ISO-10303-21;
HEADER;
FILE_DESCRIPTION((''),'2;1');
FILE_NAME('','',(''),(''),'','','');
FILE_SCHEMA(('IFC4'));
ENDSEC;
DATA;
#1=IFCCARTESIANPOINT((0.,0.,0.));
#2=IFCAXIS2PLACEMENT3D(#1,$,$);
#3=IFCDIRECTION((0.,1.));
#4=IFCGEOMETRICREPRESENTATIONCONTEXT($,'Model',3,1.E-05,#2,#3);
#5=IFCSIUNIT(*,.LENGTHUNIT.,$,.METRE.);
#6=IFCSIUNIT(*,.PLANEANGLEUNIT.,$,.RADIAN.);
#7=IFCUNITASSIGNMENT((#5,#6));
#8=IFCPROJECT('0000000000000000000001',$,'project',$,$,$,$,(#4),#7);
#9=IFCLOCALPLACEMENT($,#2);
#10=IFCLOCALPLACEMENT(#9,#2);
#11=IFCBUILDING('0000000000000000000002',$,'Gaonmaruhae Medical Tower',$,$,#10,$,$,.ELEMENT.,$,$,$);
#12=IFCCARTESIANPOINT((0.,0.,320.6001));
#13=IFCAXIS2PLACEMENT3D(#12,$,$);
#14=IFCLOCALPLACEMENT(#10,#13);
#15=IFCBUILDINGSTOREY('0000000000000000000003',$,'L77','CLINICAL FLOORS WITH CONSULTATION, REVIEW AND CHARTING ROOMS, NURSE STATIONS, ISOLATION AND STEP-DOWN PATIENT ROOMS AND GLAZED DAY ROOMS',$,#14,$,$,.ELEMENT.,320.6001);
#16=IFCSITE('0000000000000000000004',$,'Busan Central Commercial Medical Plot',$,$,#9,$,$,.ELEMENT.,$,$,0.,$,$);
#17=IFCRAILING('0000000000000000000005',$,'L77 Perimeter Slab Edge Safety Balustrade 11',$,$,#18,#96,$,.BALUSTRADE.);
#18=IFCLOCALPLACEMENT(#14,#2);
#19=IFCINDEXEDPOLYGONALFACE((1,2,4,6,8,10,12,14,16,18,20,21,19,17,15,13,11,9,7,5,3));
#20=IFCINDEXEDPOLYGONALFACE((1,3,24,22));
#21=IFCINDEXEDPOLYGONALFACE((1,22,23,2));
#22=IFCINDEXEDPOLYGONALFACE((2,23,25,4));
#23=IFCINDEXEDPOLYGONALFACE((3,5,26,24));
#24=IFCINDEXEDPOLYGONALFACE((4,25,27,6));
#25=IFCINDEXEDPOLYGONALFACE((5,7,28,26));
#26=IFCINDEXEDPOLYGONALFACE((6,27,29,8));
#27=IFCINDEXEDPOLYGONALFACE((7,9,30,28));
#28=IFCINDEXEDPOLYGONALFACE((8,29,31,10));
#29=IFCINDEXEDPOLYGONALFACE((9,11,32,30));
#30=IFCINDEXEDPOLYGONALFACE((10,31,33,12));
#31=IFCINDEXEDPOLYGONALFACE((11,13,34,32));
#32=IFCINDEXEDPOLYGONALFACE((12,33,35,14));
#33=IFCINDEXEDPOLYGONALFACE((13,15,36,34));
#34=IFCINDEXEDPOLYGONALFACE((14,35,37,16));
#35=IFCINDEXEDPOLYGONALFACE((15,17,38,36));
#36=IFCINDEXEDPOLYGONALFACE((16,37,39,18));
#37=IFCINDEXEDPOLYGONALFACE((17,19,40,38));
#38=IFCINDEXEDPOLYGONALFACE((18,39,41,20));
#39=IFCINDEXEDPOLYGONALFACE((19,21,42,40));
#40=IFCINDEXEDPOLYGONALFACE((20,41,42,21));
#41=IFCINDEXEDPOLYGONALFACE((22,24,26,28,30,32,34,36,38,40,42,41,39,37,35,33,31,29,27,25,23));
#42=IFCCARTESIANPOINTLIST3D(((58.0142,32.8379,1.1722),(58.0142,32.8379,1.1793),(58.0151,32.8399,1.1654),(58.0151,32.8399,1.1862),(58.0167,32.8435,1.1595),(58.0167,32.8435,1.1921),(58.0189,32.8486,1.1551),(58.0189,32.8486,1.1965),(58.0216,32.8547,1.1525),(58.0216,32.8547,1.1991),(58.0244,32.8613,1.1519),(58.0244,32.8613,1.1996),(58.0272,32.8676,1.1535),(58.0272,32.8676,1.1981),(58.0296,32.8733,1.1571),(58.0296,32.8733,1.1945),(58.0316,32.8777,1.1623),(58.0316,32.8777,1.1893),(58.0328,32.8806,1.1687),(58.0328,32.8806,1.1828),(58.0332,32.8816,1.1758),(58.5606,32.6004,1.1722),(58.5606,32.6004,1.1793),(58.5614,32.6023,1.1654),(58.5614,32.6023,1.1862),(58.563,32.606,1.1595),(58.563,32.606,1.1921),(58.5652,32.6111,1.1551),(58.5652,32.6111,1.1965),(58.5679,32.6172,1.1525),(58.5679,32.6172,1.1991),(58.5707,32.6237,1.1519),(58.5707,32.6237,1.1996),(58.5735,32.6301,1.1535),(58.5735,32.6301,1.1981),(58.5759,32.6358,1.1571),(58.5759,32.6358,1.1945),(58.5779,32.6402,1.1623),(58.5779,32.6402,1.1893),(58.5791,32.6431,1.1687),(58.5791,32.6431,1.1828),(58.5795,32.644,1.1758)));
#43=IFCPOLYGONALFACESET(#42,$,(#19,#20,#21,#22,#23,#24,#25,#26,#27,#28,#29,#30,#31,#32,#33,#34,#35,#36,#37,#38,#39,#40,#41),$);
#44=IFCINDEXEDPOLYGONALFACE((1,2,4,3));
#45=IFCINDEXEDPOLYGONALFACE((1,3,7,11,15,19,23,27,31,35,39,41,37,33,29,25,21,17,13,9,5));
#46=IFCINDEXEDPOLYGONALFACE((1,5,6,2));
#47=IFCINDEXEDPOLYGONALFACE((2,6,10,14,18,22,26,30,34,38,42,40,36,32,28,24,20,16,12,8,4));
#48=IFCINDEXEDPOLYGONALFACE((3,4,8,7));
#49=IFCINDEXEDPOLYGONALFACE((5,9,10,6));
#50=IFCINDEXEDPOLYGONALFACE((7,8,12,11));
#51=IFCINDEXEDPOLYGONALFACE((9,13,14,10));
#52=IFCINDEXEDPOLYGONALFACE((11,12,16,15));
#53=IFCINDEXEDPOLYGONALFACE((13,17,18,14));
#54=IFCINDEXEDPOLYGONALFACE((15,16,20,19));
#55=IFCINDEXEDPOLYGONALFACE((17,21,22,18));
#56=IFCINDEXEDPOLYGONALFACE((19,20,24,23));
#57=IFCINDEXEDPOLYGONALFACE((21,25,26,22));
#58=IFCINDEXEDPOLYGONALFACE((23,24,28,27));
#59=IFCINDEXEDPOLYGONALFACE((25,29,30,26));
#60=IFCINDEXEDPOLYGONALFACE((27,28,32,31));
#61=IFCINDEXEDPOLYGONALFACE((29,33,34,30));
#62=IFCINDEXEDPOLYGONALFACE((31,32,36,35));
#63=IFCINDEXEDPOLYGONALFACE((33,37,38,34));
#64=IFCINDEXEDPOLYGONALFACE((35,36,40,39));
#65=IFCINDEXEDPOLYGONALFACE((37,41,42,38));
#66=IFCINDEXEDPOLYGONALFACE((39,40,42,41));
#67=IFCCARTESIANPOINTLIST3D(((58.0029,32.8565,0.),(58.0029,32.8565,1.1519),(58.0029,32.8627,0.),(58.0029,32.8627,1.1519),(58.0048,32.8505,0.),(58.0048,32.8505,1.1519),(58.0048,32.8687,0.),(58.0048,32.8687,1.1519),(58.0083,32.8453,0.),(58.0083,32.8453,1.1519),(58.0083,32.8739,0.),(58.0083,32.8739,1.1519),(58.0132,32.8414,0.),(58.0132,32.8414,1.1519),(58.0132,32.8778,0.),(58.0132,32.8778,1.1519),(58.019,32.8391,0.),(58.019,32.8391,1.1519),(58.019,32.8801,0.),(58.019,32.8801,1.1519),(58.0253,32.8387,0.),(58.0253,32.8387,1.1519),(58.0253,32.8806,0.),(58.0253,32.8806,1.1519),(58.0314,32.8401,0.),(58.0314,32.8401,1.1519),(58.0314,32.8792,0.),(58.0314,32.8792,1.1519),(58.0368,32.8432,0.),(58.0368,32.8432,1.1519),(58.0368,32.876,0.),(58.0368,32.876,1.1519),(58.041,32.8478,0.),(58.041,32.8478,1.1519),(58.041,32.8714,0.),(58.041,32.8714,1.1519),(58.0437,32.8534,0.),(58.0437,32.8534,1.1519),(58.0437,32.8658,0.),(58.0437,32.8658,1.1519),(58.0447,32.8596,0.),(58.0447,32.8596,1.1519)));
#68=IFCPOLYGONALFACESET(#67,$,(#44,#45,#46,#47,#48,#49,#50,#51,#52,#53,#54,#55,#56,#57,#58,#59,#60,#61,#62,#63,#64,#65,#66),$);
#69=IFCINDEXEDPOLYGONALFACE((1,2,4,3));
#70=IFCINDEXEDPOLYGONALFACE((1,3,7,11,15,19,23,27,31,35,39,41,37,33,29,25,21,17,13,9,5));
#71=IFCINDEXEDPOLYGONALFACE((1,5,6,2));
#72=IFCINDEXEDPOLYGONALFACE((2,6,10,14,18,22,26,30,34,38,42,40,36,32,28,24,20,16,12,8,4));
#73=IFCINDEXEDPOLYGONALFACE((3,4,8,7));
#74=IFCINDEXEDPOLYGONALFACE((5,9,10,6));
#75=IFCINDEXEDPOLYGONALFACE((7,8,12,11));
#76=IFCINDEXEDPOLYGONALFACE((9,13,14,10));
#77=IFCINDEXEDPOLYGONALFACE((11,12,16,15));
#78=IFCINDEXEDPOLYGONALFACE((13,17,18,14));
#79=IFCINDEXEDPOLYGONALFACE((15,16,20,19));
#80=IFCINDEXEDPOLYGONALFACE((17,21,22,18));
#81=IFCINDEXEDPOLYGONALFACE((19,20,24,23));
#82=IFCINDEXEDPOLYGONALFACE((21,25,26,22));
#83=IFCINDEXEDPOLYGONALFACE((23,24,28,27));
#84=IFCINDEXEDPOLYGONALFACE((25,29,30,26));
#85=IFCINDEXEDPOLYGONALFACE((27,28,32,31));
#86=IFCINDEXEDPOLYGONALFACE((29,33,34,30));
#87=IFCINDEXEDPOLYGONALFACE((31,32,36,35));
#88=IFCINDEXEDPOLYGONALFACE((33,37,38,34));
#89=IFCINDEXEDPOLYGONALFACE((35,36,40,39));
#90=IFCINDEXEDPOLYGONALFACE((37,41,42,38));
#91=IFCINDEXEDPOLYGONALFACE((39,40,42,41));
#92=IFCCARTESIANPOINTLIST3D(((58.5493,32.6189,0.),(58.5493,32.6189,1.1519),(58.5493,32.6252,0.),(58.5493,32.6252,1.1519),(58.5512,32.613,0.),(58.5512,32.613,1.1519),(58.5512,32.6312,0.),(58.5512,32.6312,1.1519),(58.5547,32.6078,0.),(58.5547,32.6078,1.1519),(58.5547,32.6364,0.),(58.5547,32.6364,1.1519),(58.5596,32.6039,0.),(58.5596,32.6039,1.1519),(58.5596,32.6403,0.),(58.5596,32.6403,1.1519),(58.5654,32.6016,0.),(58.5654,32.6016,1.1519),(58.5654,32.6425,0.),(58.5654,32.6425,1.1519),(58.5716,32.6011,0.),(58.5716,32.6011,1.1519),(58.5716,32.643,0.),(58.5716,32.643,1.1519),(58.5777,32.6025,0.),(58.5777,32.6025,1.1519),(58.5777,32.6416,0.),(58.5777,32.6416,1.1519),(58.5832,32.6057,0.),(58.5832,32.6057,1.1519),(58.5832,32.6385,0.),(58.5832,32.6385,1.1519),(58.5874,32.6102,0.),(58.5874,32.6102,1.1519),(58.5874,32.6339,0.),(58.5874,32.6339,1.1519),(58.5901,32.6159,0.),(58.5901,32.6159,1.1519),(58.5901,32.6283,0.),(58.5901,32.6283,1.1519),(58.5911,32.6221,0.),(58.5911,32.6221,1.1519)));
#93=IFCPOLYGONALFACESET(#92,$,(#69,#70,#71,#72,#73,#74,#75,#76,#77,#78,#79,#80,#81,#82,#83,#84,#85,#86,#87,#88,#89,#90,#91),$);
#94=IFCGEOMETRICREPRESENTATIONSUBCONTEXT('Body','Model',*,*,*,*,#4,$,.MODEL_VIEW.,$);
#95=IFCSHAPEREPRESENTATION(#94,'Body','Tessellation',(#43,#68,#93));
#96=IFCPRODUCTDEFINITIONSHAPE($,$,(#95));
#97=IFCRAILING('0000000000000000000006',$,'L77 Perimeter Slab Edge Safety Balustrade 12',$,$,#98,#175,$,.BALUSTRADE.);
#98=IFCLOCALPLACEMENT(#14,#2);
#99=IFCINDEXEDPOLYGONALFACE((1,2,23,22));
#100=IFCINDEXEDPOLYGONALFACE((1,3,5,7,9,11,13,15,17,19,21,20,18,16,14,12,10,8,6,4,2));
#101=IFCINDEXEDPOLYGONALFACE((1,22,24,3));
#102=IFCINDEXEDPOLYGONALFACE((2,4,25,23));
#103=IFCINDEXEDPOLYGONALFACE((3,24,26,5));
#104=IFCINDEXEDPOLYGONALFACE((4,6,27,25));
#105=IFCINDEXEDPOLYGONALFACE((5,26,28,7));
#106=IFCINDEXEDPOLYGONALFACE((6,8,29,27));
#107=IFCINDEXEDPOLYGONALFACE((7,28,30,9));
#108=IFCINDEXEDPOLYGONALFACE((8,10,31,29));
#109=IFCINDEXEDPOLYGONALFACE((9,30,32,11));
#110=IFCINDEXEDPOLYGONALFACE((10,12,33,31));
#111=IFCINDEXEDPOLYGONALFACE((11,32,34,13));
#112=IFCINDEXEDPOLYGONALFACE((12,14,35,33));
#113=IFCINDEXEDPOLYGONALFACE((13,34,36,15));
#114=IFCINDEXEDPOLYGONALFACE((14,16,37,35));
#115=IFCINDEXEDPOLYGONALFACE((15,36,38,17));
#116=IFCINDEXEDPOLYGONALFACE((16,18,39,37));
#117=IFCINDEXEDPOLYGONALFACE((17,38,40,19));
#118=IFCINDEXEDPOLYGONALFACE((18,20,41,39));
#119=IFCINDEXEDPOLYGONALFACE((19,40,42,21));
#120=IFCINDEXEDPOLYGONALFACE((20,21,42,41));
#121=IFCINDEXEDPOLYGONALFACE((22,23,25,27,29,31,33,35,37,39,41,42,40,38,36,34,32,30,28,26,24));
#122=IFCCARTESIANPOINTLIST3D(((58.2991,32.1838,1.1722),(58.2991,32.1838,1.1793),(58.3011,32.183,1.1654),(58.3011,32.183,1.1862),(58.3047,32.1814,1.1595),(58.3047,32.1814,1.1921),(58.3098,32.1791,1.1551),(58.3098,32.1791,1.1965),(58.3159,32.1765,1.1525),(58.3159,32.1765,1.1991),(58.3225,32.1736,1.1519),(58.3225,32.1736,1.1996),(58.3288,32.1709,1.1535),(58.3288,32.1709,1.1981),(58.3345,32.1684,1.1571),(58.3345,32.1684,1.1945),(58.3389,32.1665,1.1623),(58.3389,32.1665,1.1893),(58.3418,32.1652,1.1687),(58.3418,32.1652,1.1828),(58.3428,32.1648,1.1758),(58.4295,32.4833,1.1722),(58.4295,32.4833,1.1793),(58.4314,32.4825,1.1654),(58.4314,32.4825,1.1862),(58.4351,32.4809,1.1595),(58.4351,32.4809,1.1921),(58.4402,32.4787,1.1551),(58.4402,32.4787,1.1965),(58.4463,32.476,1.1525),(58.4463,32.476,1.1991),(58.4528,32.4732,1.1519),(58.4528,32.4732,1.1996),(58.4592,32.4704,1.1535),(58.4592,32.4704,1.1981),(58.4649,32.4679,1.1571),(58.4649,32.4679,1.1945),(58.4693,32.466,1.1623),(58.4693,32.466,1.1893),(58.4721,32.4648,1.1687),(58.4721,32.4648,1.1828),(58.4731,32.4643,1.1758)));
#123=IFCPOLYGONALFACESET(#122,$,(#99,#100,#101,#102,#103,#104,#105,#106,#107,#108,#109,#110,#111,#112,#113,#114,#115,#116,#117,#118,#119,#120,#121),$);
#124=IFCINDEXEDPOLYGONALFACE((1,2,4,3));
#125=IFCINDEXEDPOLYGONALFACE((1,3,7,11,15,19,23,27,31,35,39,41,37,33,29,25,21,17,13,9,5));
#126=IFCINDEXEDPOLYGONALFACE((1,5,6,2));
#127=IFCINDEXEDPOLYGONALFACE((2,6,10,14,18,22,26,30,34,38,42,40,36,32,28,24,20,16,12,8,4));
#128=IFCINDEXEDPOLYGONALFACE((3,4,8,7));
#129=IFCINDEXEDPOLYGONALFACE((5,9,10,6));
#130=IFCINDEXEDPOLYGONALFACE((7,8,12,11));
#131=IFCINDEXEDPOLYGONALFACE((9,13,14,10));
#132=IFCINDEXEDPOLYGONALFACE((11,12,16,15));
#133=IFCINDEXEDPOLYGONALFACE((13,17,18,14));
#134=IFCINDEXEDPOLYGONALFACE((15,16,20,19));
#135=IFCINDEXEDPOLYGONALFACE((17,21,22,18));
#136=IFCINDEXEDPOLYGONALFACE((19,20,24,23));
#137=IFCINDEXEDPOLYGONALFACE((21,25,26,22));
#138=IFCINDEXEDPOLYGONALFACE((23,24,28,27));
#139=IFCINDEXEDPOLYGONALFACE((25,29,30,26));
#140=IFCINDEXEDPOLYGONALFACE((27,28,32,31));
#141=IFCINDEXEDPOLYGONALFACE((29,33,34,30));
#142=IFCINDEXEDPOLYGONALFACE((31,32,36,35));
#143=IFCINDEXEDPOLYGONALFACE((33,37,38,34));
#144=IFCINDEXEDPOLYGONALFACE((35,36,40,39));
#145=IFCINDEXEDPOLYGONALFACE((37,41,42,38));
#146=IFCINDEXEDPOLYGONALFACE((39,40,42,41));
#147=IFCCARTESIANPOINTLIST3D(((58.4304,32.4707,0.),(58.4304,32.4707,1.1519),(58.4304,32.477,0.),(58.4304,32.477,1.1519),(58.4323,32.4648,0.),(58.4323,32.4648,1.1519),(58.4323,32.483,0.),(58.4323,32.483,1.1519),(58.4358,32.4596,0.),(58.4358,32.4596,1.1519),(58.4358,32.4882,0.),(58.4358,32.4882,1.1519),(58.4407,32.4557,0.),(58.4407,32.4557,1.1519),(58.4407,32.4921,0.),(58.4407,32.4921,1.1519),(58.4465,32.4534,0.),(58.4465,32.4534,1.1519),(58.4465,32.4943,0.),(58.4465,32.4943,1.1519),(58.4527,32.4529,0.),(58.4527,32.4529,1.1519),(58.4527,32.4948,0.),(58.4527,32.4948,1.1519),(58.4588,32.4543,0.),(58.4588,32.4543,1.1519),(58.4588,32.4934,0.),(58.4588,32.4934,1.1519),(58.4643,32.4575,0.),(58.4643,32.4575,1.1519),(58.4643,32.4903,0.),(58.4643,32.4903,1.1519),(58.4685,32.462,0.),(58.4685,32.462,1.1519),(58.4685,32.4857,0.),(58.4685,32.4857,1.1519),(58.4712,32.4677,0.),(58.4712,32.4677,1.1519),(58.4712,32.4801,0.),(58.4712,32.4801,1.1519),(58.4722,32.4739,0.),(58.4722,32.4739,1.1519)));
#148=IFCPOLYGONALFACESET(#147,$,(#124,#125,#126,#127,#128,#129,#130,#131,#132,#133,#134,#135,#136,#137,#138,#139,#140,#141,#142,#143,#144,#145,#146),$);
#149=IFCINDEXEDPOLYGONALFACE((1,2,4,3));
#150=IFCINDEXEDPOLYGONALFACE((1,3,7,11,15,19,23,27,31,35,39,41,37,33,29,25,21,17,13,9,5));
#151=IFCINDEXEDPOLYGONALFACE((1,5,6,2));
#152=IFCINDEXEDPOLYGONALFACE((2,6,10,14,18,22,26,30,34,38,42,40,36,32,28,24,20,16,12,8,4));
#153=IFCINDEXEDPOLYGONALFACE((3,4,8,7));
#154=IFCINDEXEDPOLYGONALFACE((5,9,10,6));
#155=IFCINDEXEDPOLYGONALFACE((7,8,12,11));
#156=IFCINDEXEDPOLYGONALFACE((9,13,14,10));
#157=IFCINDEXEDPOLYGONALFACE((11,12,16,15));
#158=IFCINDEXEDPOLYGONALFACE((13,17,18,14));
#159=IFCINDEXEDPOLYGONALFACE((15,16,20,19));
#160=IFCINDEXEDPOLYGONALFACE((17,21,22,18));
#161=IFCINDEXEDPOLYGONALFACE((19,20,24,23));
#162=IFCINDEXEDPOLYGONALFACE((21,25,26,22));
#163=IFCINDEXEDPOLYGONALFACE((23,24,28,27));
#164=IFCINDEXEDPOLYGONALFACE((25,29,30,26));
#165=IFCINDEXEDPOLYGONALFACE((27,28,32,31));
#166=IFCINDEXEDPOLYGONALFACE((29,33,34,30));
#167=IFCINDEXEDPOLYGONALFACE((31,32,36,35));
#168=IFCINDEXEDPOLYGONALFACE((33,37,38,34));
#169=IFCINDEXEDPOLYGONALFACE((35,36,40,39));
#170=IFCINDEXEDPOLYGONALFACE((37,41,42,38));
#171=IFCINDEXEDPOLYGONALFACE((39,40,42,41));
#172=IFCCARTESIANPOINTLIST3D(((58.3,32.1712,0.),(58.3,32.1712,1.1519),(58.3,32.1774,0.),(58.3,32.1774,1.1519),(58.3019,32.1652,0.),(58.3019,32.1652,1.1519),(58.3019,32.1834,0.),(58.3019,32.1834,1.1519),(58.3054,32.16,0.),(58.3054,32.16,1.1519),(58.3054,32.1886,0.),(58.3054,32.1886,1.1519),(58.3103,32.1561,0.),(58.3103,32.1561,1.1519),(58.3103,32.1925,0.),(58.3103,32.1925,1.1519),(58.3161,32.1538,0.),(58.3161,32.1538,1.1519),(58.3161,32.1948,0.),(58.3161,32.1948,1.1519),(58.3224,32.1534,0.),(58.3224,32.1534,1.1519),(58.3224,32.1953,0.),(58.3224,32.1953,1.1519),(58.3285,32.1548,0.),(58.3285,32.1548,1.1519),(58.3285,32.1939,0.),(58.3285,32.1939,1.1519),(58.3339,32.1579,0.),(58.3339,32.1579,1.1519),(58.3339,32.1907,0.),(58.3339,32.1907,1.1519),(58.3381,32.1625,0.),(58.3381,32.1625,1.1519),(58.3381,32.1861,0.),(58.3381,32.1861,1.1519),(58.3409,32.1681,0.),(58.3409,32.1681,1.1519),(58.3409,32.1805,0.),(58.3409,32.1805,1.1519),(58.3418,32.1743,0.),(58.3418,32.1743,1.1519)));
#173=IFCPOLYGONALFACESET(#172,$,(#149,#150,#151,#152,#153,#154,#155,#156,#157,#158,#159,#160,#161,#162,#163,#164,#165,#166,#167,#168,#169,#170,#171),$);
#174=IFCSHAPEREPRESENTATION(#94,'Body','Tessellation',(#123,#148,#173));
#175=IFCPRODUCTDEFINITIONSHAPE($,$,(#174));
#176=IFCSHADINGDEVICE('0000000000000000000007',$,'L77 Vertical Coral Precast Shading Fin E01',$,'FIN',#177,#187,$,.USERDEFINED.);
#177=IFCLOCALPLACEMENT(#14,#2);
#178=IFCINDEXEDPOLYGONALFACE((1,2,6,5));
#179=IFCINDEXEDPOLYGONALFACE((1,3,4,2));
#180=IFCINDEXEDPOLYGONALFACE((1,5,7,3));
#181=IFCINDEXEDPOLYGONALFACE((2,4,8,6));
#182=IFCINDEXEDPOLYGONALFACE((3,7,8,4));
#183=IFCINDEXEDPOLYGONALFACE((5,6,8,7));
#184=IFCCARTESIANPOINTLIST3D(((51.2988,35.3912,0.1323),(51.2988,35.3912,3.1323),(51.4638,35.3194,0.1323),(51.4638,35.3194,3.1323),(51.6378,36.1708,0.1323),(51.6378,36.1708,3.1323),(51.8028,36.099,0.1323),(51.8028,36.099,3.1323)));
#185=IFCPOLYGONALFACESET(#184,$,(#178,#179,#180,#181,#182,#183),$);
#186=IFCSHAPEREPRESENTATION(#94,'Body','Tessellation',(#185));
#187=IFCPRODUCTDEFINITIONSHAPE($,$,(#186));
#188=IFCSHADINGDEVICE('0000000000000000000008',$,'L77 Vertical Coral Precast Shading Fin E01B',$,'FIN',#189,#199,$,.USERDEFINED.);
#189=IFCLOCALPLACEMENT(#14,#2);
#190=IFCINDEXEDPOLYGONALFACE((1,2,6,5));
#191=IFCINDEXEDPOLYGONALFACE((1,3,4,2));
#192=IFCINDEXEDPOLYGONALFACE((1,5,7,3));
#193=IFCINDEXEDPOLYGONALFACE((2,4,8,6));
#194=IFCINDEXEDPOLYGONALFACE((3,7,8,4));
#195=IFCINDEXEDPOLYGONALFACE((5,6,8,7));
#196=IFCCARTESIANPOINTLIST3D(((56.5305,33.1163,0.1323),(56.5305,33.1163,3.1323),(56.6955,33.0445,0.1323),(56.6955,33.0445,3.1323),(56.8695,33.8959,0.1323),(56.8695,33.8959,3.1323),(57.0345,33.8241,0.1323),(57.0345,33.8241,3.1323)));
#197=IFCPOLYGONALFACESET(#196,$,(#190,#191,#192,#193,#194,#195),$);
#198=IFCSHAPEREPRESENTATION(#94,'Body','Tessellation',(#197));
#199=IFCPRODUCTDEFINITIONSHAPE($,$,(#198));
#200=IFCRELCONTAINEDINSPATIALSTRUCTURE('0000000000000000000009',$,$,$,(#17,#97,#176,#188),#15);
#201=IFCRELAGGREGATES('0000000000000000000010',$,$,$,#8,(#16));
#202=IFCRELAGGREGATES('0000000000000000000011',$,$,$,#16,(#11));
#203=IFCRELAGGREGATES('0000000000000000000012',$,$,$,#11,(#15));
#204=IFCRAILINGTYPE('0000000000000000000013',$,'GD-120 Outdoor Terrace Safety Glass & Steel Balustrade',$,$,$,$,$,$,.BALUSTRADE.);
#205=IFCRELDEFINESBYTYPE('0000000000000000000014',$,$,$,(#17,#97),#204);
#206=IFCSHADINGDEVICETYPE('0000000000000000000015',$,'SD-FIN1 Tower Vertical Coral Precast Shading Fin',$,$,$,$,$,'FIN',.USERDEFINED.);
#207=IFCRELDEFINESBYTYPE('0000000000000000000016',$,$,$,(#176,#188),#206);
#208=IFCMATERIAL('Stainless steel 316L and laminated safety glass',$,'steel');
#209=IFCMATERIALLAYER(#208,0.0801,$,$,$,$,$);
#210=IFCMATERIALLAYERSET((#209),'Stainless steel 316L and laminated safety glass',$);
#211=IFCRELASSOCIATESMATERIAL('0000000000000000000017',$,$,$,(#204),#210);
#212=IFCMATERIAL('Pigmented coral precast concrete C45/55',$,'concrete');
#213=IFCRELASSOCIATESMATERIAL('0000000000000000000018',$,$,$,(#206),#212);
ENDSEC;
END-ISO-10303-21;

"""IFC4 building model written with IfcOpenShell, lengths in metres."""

from ifc_helpers import new_model, si_unit, direction, frame, origin, origin_2d, place, context, subcontext, project, spatial, rectangle, circle, extrude, material, layer, layer_set, type_object, element, save


model = new_model("IFC4")

# Units and contexts
model_context = context("Model", 3, precision=1e-05, world=origin(), true_north=direction((0.0, 1.0)))
body_context = subcontext(model_context, "Body", "Model", "MODEL_VIEW")
ifc_project = project(units=[si_unit("LENGTHUNIT", "METRE"), si_unit("PLANEANGLEUNIT", "RADIAN")], contexts=[model_context])

# Site, building, storey
site_placement = place(None, origin())
site = spatial("IfcSite", under=ifc_project, at=site_placement, Name="Busan Central Commercial Medical Plot", CompositionType="ELEMENT", RefElevation=0.0)
building_placement = place(site_placement, origin())
building = spatial("IfcBuilding", under=site, at=building_placement, Name="Gaonmaruhae Medical Tower", CompositionType="ELEMENT")
storey_placement = place(building_placement, frame((0.0, 0.0, 320.6001)))
storey = spatial("IfcBuildingStorey", under=building, at=storey_placement, Name="L77", Description="CLINICAL FLOORS WITH CONSULTATION, REVIEW AND CHARTING ROOMS, NURSE STATIONS, ISOLATION AND STEP-DOWN PATIENT ROOMS AND GLAZED DAY ROOMS", CompositionType="ELEMENT", Elevation=320.6001)

# Railings
ifc_material_1 = material(Name="Stainless steel 316L and laminated safety glass", Category="steel")
ifc_layer_1 = layer(ifc_material_1, 0.0801)
ifc_layer_set_1 = layer_set([ifc_layer_1], Name="Stainless steel 316L and laminated safety glass")
railing_type = type_object("IfcRailingType", Name="GD-120 Outdoor Terrace Safety Glass & Steel Balustrade", PredefinedType="BALUSTRADE", material=ifc_layer_set_1)
railing_1_placement = place(storey_placement, frame((58.0237, 32.8596, 0.0)))
element("IfcRailing", 1, at=railing_1_placement, inside=storey, type_object=railing_type, Name="L77 Perimeter Slab Edge Safety Balustrade 11", PredefinedType="BALUSTRADE", context=body_context, shape_type="SweptSolid", body=[
    extrude(circle(Radius=0.0239, at=origin_2d()), frame((0.0, 0.0, 1.1758), z_axis=(0.917077, -0.398711, 0.0), x_axis=(0.398711, 0.917077, 0.0)), (0.0, 0.0, 1.0), 0.5957),
    extrude(circle(Radius=0.021, at=origin_2d()), origin(), (0.0, 0.0, 1.0), 1.1519),
    extrude(circle(Radius=0.021, at=origin_2d()), frame((0.5464, -0.2375, 0.0)), (0.0, 0.0, 1.0), 1.1519),
])
railing_2_placement = place(storey_placement, frame((58.4512, 32.4739, 0.0)))
element("IfcRailing", 2, at=railing_2_placement, inside=storey, type_object=railing_type, Name="L77 Perimeter Slab Edge Safety Balustrade 12", PredefinedType="BALUSTRADE", context=body_context, shape_type="SweptSolid", body=[
    extrude(circle(Radius=0.0239, at=origin_2d()), frame((0.0, 0.0, 1.1758), z_axis=(-0.399054, -0.916927, 0.0), x_axis=(0.916927, -0.399054, 0.0)), (0.0, 0.0, 1.0), 0.3267),
    extrude(circle(Radius=0.021, at=origin_2d()), origin(), (0.0, 0.0, 1.0), 1.1519),
    extrude(circle(Radius=0.021, at=origin_2d()), frame((-0.1304, -0.2996, 0.0)), (0.0, 0.0, 1.0), 1.1519),
])

# Shading devices
ifc_material_2 = material(Name="Pigmented coral precast concrete C45/55", Category="concrete")
shading_device_type = type_object("IfcShadingDeviceType", Name="SD-FIN1 Tower Vertical Coral Precast Shading Fin", ElementType="FIN", PredefinedType="USERDEFINED", material=ifc_material_2)
for number, where, z_axis, x_axis, name in (
    (3, (51.5508, 35.7451, 0.1323), (0.0, 0.0, 1.0), (0.91706, -0.398749, 0.0), "L77 Vertical Coral Precast Shading Fin E01"),
    (4, (56.7825, 33.4702, 0.1323), (0.0, 0.0, 1.0), (0.91706, -0.398749, 0.0), "L77 Vertical Coral Precast Shading Fin E01B"),
):
    element("IfcShadingDevice", number, at=place(storey_placement, frame(where, z_axis=z_axis, x_axis=x_axis)), inside=storey, type_object=shading_device_type, Name=name, ObjectType="FIN", PredefinedType="USERDEFINED", context=body_context, shape_type="SweptSolid", body=[
        extrude(rectangle(XDim=0.1799, YDim=0.8501, at=origin_2d()), origin(), (0.0, 0.0, 1.0), 3.0),
    ])

save(model, "model.ifc")
